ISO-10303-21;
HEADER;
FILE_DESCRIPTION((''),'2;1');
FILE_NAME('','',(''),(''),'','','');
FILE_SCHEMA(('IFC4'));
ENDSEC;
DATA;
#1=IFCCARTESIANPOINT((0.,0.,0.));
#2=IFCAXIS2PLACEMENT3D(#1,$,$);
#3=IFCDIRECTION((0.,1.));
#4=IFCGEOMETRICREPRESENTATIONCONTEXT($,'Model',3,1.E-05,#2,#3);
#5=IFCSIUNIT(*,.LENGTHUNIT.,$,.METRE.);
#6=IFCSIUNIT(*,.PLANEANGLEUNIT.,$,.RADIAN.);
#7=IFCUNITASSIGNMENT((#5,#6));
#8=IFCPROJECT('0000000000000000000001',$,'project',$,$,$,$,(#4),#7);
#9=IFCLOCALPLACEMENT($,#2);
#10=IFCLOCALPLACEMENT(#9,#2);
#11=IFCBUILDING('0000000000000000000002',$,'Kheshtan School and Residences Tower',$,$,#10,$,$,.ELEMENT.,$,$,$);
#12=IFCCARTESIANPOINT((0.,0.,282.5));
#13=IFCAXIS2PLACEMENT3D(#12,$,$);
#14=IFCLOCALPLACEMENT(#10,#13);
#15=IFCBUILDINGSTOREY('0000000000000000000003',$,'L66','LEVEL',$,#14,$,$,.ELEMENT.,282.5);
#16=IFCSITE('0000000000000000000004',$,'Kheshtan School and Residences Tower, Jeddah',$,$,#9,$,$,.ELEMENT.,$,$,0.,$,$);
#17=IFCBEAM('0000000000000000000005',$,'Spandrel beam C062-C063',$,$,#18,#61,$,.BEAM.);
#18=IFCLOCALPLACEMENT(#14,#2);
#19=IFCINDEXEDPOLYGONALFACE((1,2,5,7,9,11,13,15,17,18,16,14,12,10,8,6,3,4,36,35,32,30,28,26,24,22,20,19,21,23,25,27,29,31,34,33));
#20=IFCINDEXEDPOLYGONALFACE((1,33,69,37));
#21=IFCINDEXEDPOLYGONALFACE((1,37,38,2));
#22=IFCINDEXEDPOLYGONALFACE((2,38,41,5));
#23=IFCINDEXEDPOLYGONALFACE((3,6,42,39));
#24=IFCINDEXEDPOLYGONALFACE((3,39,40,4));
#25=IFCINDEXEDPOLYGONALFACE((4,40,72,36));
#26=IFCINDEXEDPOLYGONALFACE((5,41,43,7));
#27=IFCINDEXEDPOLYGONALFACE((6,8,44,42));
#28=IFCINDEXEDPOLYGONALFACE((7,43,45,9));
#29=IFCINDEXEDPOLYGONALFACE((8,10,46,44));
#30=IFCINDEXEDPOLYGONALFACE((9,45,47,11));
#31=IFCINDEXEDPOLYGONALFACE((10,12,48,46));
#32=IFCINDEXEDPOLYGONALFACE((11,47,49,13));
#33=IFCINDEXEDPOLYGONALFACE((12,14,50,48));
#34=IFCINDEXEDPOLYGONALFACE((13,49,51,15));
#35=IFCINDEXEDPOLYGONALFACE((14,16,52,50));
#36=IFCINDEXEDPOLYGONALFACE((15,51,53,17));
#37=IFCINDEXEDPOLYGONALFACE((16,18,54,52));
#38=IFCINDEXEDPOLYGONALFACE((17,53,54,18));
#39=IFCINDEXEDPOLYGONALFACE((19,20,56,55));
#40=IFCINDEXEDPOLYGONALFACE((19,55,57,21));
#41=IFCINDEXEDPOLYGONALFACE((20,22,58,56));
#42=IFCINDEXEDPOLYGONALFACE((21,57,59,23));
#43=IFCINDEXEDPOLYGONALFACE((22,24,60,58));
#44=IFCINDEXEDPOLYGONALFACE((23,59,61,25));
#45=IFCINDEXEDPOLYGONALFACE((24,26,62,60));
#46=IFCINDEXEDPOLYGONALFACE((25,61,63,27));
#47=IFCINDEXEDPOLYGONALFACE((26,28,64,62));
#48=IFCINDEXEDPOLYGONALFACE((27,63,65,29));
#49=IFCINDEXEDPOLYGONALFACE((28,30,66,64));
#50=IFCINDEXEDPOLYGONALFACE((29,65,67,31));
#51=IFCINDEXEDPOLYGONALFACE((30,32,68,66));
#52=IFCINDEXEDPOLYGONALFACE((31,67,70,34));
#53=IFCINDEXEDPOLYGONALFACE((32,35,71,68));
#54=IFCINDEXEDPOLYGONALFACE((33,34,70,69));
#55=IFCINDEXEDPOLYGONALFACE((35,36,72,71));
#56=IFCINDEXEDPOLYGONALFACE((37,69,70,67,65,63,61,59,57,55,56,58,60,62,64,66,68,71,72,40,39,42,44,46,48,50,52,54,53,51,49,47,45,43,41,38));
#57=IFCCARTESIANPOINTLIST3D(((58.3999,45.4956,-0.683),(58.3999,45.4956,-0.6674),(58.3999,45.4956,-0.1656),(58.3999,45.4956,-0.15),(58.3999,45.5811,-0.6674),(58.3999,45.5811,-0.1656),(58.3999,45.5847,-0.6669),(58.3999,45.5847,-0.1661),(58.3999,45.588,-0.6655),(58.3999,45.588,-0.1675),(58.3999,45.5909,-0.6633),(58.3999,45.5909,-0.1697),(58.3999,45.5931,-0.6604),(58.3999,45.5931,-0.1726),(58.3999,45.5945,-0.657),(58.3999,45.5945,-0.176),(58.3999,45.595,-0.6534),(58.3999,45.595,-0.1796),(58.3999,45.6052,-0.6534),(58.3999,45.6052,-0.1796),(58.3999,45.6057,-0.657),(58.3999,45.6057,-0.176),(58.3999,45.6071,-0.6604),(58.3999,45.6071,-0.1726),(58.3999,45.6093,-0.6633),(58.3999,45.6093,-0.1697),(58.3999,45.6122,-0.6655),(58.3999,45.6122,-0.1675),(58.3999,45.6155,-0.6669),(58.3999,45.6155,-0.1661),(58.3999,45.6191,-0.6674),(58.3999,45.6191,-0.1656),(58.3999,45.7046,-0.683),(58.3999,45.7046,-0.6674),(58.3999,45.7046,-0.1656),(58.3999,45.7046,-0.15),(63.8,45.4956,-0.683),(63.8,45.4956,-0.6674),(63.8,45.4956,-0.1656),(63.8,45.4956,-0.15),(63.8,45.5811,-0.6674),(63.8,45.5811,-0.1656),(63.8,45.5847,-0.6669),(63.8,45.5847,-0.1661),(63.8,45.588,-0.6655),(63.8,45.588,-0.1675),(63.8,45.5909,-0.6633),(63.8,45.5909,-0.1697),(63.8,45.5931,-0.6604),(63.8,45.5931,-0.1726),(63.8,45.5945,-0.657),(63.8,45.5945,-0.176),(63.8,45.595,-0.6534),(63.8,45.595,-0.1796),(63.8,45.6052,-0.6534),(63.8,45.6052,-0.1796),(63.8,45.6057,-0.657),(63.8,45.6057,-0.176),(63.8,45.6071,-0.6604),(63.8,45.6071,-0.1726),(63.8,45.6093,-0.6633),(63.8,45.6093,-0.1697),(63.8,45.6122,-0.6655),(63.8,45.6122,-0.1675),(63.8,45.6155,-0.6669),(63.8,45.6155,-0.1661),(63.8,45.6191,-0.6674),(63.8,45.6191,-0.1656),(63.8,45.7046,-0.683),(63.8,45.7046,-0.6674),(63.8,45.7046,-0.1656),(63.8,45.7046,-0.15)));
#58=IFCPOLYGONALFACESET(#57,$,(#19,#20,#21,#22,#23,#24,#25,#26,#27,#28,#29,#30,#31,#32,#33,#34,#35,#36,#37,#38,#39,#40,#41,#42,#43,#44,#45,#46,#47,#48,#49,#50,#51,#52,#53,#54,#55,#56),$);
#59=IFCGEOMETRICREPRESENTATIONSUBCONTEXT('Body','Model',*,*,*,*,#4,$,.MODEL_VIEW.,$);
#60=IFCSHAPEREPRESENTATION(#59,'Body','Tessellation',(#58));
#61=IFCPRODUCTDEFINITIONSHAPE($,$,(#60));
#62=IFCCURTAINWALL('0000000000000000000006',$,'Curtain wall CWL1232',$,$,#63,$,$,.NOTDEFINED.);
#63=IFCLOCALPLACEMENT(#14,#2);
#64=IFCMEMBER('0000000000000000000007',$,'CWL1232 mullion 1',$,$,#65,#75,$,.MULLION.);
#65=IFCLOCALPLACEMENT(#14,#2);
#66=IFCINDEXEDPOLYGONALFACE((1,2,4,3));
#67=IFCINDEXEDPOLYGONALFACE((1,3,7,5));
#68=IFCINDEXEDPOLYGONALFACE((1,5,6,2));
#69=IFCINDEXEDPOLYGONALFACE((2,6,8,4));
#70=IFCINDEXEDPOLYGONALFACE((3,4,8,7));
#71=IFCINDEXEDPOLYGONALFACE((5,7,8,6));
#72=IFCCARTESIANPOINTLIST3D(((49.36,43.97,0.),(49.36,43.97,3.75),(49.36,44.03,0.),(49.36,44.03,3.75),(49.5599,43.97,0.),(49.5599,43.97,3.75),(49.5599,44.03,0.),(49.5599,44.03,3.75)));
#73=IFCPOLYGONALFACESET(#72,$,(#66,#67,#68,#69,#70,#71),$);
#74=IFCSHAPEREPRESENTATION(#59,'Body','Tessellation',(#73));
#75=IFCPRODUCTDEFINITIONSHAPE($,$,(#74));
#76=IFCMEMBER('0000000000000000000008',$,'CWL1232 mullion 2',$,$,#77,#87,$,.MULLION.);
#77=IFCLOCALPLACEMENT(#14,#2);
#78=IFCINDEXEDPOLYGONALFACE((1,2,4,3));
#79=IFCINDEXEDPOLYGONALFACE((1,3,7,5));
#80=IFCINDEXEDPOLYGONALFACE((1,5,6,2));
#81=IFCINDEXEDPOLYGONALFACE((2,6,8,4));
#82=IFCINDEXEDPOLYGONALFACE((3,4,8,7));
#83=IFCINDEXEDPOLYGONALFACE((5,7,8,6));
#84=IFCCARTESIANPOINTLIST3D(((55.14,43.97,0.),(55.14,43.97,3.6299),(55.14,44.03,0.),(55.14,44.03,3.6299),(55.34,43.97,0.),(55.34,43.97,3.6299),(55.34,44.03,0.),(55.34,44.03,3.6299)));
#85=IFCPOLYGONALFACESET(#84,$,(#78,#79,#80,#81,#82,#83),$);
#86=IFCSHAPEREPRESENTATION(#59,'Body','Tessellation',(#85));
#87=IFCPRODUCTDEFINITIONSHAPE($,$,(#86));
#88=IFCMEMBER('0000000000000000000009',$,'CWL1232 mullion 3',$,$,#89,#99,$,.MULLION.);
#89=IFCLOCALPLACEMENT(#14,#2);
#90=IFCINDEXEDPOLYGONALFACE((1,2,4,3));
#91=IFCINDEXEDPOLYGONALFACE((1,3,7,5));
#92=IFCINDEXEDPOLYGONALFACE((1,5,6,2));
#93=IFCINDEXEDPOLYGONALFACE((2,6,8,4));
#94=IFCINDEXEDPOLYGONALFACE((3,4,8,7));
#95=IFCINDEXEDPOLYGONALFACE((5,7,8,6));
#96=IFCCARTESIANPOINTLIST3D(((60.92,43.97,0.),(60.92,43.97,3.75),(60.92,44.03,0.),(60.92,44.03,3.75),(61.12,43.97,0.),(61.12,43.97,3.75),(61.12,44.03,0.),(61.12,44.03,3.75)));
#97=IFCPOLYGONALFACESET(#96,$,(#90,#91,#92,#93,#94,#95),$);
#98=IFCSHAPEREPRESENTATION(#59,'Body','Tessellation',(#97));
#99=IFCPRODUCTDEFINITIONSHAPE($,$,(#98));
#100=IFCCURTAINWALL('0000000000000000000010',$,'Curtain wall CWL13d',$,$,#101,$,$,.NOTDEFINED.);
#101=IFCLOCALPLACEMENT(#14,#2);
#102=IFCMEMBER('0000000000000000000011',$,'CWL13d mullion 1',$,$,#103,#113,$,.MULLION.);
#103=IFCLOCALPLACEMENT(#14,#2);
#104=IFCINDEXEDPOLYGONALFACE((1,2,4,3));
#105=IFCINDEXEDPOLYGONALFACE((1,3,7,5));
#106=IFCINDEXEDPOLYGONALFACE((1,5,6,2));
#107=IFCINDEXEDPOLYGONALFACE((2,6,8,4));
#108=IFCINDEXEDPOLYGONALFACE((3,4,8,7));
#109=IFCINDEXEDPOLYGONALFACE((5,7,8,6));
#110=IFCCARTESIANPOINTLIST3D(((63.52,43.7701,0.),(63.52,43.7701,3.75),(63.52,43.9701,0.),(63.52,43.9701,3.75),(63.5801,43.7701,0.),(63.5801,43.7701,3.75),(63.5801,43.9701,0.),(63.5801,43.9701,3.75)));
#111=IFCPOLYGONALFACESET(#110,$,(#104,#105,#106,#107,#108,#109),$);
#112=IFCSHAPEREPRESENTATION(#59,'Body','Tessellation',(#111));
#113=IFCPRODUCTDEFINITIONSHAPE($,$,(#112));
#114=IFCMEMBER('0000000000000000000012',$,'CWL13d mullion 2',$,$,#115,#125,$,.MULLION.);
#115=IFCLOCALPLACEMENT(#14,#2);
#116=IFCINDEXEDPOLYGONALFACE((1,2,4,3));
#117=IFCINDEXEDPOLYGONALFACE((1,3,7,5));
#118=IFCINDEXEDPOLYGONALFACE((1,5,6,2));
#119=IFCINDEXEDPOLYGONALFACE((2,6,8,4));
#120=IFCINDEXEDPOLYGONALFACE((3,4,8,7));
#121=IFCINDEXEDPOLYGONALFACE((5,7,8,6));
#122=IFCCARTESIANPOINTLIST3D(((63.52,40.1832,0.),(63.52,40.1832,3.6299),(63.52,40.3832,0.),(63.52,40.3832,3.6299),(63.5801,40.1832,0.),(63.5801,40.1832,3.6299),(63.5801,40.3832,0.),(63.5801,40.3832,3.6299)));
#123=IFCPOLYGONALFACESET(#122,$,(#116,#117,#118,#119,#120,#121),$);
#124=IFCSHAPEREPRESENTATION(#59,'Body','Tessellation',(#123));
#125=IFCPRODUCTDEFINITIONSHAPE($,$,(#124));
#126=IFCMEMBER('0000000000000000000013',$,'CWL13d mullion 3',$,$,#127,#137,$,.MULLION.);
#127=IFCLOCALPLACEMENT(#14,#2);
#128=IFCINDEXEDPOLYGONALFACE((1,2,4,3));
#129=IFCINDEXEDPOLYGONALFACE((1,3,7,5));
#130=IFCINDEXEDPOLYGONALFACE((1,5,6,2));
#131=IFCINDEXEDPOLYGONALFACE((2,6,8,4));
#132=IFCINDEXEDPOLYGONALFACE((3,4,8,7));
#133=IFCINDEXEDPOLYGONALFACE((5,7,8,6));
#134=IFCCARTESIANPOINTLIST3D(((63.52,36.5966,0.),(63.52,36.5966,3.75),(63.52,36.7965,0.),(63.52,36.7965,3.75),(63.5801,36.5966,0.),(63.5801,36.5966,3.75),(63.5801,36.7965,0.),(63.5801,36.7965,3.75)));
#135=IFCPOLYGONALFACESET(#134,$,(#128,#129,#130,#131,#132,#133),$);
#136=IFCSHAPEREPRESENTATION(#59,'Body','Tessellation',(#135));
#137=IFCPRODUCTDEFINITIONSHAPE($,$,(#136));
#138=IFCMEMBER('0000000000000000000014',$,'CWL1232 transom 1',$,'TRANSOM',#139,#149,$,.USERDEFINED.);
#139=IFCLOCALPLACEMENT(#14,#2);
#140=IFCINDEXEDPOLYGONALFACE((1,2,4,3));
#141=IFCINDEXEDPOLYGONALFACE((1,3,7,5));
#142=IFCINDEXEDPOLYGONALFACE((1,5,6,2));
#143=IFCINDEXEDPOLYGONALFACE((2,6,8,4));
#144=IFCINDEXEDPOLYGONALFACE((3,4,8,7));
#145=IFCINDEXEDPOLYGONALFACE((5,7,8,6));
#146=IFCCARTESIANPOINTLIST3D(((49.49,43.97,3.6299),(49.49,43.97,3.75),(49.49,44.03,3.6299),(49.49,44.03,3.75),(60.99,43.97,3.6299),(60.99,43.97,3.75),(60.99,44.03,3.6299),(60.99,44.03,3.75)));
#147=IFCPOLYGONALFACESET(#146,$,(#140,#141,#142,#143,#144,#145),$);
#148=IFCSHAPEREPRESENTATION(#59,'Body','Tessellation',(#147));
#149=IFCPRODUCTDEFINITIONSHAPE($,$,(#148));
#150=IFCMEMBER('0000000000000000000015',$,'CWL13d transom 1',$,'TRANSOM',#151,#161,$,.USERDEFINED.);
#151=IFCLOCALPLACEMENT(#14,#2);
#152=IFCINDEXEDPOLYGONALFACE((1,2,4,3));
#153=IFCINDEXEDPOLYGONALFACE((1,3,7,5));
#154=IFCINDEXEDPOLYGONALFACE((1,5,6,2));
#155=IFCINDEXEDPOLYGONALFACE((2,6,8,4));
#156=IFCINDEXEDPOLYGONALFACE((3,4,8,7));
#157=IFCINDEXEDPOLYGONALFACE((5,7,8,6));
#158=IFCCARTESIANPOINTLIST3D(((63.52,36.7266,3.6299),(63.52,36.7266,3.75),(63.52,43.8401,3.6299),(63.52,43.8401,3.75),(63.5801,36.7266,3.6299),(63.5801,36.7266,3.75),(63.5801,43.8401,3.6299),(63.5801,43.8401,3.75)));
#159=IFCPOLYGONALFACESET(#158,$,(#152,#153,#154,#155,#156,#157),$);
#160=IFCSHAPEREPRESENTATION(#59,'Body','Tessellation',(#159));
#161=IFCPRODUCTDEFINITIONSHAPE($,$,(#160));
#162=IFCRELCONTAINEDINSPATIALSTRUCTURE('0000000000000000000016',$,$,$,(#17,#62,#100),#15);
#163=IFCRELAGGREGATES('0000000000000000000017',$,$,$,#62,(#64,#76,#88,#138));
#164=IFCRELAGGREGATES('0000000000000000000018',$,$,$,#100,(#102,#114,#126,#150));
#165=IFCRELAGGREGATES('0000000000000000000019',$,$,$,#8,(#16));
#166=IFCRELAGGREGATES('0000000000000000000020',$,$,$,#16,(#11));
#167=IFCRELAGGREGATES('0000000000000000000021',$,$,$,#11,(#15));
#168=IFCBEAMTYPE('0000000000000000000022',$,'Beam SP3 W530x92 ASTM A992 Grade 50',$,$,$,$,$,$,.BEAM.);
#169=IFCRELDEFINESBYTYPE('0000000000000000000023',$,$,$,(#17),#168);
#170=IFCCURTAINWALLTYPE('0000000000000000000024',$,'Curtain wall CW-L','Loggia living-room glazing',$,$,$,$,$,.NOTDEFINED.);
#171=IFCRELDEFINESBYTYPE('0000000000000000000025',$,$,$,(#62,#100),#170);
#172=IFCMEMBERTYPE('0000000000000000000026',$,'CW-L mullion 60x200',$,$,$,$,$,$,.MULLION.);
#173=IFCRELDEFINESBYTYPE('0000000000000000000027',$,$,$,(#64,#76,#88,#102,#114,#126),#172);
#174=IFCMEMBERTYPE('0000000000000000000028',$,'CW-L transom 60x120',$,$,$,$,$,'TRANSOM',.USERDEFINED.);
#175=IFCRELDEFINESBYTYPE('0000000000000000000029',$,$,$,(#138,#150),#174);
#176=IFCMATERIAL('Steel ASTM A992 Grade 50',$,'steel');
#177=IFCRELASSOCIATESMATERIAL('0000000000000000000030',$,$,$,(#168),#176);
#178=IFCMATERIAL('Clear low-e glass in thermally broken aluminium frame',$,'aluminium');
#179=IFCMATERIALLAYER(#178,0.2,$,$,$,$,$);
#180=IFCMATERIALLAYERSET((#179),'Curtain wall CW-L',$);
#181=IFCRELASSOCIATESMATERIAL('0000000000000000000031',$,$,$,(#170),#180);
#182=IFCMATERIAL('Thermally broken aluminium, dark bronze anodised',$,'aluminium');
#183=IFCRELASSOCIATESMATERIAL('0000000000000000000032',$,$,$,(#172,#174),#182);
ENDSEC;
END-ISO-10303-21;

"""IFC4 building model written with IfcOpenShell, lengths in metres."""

from ifc_helpers import new_model, si_unit, direction, frame, origin, origin_2d, place, context, subcontext, project, spatial, rectangle, i_section, extrude, material, layer, layer_set, material_profile, profile_set, type_object, element, aggregate, save


model = new_model("IFC4")

# Units and contexts
model_context = context("Model", 3, precision=1e-05, world=origin(), true_north=direction((0.0, 1.0)))
body_context = subcontext(model_context, "Body", "Model", "MODEL_VIEW")
ifc_project = project(units=[si_unit("LENGTHUNIT", "METRE"), si_unit("PLANEANGLEUNIT", "RADIAN")], contexts=[model_context])

# Site, building, storey
site_placement = place(None, origin())
site = spatial("IfcSite", under=ifc_project, at=site_placement, Name="Kheshtan School and Residences Tower, Jeddah", CompositionType="ELEMENT", RefElevation=0.0)
building_placement = place(site_placement, origin())
building = spatial("IfcBuilding", under=site, at=building_placement, Name="Kheshtan School and Residences Tower", CompositionType="ELEMENT")
storey_placement = place(building_placement, frame((0.0, 0.0, 282.5)))
storey = spatial("IfcBuildingStorey", under=building, at=storey_placement, Name="L66", Description="LEVEL", CompositionType="ELEMENT", Elevation=282.5)

# Shared definitions
ifc_material_1 = material(Name="Steel ASTM A992 Grade 50", Category="steel")

# Beam
ifc_material_profile_1 = material_profile(ifc_material_1, i_section(OverallWidth=0.209, OverallDepth=0.533, WebThickness=0.0103, FlangeThickness=0.0156, FilletRadius=0.0139, at=origin_2d()), Name="W530x92")
ifc_profile_set_1 = profile_set([ifc_material_profile_1], Name="Steel ASTM A992 Grade 50")
beam_type_1 = type_object("IfcBeamType", Name="Beam SP3 W530x92 ASTM A992 Grade 50", PredefinedType="BEAM", material=ifc_profile_set_1)
beam_1_placement = place(storey_placement, frame((58.3999, 45.6001, -0.4165), z_axis=(1.0, 0.0, 0.0), x_axis=(0.0, 1.0, 0.0)))
element("IfcBeam", 1, at=beam_1_placement, inside=storey, type_object=beam_type_1, Name="Spandrel beam C062-C063", PredefinedType="BEAM", context=body_context, shape_type="SweptSolid", body=[
    extrude(i_section(OverallWidth=0.209, OverallDepth=0.533, WebThickness=0.0103, FlangeThickness=0.0156, FilletRadius=0.0139, at=origin_2d()), origin(), (0.0, 0.0, 1.0), 5.4001),
])

# Curtain walls, members
ifc_material_2 = material(Name="Clear low-e glass in thermally broken aluminium frame", Category="aluminium")
ifc_layer_1 = layer(ifc_material_2, 0.2)
ifc_layer_set_1 = layer_set([ifc_layer_1], Name="Curtain wall CW-L")
curtain_wall_type = type_object("IfcCurtainWallType", Name="Curtain wall CW-L", Description="Loggia living-room glazing", PredefinedType="NOTDEFINED", material=ifc_layer_set_1)
curtain_wall_1_placement = place(storey_placement, origin())
curtain_wall_1 = element("IfcCurtainWall", 2, at=curtain_wall_1_placement, inside=storey, type_object=curtain_wall_type, Name="Curtain wall CWL1232", PredefinedType="NOTDEFINED")
ifc_material_3 = material(Name="Thermally broken aluminium, dark bronze anodised", Category="aluminium")
ifc_material_profile_2 = material_profile(ifc_material_3, rectangle(XDim=0.0601, YDim=0.2, at=origin_2d()), Name="CW-L mullion 60x200")
ifc_profile_set_2 = profile_set([ifc_material_profile_2], Name="Thermally broken aluminium, dark bronze anodised")
member_type_1 = type_object("IfcMemberType", Name="CW-L mullion 60x200", PredefinedType="MULLION", material=ifc_profile_set_2)
member_1_placement = place(storey_placement, frame((49.46, 44.0, 0.0), z_axis=(0.0, 0.0, 1.0), x_axis=(0.0, 1.0, 0.0)))
member_1 = element("IfcMember", 3, at=member_1_placement, type_object=member_type_1, Name="CWL1232 mullion 1", PredefinedType="MULLION", context=body_context, shape_type="SweptSolid", body=[
    extrude(rectangle(XDim=0.0601, YDim=0.2, at=origin_2d()), origin(), (0.0, 0.0, 1.0), 3.75),
])
member_2_placement = place(storey_placement, frame((55.24, 44.0, 0.0), z_axis=(0.0, 0.0, 1.0), x_axis=(0.0, 1.0, 0.0)))
member_2 = element("IfcMember", 4, at=member_2_placement, type_object=member_type_1, Name="CWL1232 mullion 2", PredefinedType="MULLION", context=body_context, shape_type="SweptSolid", body=[
    extrude(rectangle(XDim=0.0601, YDim=0.2, at=origin_2d()), origin(), (0.0, 0.0, 1.0), 3.6299),
])
member_3_placement = place(storey_placement, frame((61.02, 44.0, 0.0), z_axis=(0.0, 0.0, 1.0), x_axis=(0.0, 1.0, 0.0)))
member_3 = element("IfcMember", 5, at=member_3_placement, type_object=member_type_1, Name="CWL1232 mullion 3", PredefinedType="MULLION", context=body_context, shape_type="SweptSolid", body=[
    extrude(rectangle(XDim=0.0601, YDim=0.2, at=origin_2d()), origin(), (0.0, 0.0, 1.0), 3.75),
])
curtain_wall_2_placement = place(storey_placement, origin())
curtain_wall_2 = element("IfcCurtainWall", 6, at=curtain_wall_2_placement, inside=storey, type_object=curtain_wall_type, Name="Curtain wall CWL13d", PredefinedType="NOTDEFINED")
member_4_placement = place(storey_placement, frame((63.55, 43.8701, 0.0), z_axis=(0.0, 0.0, 1.0), x_axis=(1.0, 0.0, 0.0)))
member_4 = element("IfcMember", 7, at=member_4_placement, type_object=member_type_1, Name="CWL13d mullion 1", PredefinedType="MULLION", context=body_context, shape_type="SweptSolid", body=[
    extrude(rectangle(XDim=0.0601, YDim=0.2, at=origin_2d()), origin(), (0.0, 0.0, 1.0), 3.75),
])
member_5_placement = place(storey_placement, frame((63.55, 40.2832, 0.0), z_axis=(0.0, 0.0, 1.0), x_axis=(1.0, 0.0, 0.0)))
member_5 = element("IfcMember", 8, at=member_5_placement, type_object=member_type_1, Name="CWL13d mullion 2", PredefinedType="MULLION", context=body_context, shape_type="SweptSolid", body=[
    extrude(rectangle(XDim=0.0601, YDim=0.2, at=origin_2d()), origin(), (0.0, 0.0, 1.0), 3.6299),
])
member_6_placement = place(storey_placement, frame((63.55, 36.6965, 0.0), z_axis=(0.0, 0.0, 1.0), x_axis=(1.0, 0.0, 0.0)))
member_6 = element("IfcMember", 9, at=member_6_placement, type_object=member_type_1, Name="CWL13d mullion 3", PredefinedType="MULLION", context=body_context, shape_type="SweptSolid", body=[
    extrude(rectangle(XDim=0.0601, YDim=0.2, at=origin_2d()), origin(), (0.0, 0.0, 1.0), 3.75),
])

# Members
ifc_material_profile_3 = material_profile(ifc_material_3, rectangle(XDim=0.0601, YDim=0.1201, at=origin_2d()), Name="CW-L transom 60x120")
ifc_profile_set_3 = profile_set([ifc_material_profile_3], Name="Thermally broken aluminium, dark bronze anodised")
member_type_2 = type_object("IfcMemberType", Name="CW-L transom 60x120", ElementType="TRANSOM", PredefinedType="USERDEFINED", material=ifc_profile_set_3)
member_7_placement = place(storey_placement, frame((49.49, 44.0, 3.6899), z_axis=(1.0, 0.0, 0.0), x_axis=(0.0, 1.0, 0.0)))
member_7 = element("IfcMember", 10, at=member_7_placement, type_object=member_type_2, Name="CWL1232 transom 1", ObjectType="TRANSOM", PredefinedType="USERDEFINED", context=body_context, shape_type="SweptSolid", body=[
    extrude(rectangle(XDim=0.0601, YDim=0.1201, at=origin_2d()), origin(), (0.0, 0.0, 1.0), 11.5),
])
member_8_placement = place(storey_placement, frame((63.55, 43.8401, 3.6899), z_axis=(0.0, -1.0, 0.0), x_axis=(1.0, 0.0, 0.0)))
member_8 = element("IfcMember", 11, at=member_8_placement, type_object=member_type_2, Name="CWL13d transom 1", ObjectType="TRANSOM", PredefinedType="USERDEFINED", context=body_context, shape_type="SweptSolid", body=[
    extrude(rectangle(XDim=0.0601, YDim=0.1201, at=origin_2d()), origin(), (0.0, 0.0, 1.0), 7.1135),
])

aggregate(curtain_wall_1, [member_1, member_2, member_3, member_7])
aggregate(curtain_wall_2, [member_4, member_5, member_6, member_8])

save(model, "model.ifc")
